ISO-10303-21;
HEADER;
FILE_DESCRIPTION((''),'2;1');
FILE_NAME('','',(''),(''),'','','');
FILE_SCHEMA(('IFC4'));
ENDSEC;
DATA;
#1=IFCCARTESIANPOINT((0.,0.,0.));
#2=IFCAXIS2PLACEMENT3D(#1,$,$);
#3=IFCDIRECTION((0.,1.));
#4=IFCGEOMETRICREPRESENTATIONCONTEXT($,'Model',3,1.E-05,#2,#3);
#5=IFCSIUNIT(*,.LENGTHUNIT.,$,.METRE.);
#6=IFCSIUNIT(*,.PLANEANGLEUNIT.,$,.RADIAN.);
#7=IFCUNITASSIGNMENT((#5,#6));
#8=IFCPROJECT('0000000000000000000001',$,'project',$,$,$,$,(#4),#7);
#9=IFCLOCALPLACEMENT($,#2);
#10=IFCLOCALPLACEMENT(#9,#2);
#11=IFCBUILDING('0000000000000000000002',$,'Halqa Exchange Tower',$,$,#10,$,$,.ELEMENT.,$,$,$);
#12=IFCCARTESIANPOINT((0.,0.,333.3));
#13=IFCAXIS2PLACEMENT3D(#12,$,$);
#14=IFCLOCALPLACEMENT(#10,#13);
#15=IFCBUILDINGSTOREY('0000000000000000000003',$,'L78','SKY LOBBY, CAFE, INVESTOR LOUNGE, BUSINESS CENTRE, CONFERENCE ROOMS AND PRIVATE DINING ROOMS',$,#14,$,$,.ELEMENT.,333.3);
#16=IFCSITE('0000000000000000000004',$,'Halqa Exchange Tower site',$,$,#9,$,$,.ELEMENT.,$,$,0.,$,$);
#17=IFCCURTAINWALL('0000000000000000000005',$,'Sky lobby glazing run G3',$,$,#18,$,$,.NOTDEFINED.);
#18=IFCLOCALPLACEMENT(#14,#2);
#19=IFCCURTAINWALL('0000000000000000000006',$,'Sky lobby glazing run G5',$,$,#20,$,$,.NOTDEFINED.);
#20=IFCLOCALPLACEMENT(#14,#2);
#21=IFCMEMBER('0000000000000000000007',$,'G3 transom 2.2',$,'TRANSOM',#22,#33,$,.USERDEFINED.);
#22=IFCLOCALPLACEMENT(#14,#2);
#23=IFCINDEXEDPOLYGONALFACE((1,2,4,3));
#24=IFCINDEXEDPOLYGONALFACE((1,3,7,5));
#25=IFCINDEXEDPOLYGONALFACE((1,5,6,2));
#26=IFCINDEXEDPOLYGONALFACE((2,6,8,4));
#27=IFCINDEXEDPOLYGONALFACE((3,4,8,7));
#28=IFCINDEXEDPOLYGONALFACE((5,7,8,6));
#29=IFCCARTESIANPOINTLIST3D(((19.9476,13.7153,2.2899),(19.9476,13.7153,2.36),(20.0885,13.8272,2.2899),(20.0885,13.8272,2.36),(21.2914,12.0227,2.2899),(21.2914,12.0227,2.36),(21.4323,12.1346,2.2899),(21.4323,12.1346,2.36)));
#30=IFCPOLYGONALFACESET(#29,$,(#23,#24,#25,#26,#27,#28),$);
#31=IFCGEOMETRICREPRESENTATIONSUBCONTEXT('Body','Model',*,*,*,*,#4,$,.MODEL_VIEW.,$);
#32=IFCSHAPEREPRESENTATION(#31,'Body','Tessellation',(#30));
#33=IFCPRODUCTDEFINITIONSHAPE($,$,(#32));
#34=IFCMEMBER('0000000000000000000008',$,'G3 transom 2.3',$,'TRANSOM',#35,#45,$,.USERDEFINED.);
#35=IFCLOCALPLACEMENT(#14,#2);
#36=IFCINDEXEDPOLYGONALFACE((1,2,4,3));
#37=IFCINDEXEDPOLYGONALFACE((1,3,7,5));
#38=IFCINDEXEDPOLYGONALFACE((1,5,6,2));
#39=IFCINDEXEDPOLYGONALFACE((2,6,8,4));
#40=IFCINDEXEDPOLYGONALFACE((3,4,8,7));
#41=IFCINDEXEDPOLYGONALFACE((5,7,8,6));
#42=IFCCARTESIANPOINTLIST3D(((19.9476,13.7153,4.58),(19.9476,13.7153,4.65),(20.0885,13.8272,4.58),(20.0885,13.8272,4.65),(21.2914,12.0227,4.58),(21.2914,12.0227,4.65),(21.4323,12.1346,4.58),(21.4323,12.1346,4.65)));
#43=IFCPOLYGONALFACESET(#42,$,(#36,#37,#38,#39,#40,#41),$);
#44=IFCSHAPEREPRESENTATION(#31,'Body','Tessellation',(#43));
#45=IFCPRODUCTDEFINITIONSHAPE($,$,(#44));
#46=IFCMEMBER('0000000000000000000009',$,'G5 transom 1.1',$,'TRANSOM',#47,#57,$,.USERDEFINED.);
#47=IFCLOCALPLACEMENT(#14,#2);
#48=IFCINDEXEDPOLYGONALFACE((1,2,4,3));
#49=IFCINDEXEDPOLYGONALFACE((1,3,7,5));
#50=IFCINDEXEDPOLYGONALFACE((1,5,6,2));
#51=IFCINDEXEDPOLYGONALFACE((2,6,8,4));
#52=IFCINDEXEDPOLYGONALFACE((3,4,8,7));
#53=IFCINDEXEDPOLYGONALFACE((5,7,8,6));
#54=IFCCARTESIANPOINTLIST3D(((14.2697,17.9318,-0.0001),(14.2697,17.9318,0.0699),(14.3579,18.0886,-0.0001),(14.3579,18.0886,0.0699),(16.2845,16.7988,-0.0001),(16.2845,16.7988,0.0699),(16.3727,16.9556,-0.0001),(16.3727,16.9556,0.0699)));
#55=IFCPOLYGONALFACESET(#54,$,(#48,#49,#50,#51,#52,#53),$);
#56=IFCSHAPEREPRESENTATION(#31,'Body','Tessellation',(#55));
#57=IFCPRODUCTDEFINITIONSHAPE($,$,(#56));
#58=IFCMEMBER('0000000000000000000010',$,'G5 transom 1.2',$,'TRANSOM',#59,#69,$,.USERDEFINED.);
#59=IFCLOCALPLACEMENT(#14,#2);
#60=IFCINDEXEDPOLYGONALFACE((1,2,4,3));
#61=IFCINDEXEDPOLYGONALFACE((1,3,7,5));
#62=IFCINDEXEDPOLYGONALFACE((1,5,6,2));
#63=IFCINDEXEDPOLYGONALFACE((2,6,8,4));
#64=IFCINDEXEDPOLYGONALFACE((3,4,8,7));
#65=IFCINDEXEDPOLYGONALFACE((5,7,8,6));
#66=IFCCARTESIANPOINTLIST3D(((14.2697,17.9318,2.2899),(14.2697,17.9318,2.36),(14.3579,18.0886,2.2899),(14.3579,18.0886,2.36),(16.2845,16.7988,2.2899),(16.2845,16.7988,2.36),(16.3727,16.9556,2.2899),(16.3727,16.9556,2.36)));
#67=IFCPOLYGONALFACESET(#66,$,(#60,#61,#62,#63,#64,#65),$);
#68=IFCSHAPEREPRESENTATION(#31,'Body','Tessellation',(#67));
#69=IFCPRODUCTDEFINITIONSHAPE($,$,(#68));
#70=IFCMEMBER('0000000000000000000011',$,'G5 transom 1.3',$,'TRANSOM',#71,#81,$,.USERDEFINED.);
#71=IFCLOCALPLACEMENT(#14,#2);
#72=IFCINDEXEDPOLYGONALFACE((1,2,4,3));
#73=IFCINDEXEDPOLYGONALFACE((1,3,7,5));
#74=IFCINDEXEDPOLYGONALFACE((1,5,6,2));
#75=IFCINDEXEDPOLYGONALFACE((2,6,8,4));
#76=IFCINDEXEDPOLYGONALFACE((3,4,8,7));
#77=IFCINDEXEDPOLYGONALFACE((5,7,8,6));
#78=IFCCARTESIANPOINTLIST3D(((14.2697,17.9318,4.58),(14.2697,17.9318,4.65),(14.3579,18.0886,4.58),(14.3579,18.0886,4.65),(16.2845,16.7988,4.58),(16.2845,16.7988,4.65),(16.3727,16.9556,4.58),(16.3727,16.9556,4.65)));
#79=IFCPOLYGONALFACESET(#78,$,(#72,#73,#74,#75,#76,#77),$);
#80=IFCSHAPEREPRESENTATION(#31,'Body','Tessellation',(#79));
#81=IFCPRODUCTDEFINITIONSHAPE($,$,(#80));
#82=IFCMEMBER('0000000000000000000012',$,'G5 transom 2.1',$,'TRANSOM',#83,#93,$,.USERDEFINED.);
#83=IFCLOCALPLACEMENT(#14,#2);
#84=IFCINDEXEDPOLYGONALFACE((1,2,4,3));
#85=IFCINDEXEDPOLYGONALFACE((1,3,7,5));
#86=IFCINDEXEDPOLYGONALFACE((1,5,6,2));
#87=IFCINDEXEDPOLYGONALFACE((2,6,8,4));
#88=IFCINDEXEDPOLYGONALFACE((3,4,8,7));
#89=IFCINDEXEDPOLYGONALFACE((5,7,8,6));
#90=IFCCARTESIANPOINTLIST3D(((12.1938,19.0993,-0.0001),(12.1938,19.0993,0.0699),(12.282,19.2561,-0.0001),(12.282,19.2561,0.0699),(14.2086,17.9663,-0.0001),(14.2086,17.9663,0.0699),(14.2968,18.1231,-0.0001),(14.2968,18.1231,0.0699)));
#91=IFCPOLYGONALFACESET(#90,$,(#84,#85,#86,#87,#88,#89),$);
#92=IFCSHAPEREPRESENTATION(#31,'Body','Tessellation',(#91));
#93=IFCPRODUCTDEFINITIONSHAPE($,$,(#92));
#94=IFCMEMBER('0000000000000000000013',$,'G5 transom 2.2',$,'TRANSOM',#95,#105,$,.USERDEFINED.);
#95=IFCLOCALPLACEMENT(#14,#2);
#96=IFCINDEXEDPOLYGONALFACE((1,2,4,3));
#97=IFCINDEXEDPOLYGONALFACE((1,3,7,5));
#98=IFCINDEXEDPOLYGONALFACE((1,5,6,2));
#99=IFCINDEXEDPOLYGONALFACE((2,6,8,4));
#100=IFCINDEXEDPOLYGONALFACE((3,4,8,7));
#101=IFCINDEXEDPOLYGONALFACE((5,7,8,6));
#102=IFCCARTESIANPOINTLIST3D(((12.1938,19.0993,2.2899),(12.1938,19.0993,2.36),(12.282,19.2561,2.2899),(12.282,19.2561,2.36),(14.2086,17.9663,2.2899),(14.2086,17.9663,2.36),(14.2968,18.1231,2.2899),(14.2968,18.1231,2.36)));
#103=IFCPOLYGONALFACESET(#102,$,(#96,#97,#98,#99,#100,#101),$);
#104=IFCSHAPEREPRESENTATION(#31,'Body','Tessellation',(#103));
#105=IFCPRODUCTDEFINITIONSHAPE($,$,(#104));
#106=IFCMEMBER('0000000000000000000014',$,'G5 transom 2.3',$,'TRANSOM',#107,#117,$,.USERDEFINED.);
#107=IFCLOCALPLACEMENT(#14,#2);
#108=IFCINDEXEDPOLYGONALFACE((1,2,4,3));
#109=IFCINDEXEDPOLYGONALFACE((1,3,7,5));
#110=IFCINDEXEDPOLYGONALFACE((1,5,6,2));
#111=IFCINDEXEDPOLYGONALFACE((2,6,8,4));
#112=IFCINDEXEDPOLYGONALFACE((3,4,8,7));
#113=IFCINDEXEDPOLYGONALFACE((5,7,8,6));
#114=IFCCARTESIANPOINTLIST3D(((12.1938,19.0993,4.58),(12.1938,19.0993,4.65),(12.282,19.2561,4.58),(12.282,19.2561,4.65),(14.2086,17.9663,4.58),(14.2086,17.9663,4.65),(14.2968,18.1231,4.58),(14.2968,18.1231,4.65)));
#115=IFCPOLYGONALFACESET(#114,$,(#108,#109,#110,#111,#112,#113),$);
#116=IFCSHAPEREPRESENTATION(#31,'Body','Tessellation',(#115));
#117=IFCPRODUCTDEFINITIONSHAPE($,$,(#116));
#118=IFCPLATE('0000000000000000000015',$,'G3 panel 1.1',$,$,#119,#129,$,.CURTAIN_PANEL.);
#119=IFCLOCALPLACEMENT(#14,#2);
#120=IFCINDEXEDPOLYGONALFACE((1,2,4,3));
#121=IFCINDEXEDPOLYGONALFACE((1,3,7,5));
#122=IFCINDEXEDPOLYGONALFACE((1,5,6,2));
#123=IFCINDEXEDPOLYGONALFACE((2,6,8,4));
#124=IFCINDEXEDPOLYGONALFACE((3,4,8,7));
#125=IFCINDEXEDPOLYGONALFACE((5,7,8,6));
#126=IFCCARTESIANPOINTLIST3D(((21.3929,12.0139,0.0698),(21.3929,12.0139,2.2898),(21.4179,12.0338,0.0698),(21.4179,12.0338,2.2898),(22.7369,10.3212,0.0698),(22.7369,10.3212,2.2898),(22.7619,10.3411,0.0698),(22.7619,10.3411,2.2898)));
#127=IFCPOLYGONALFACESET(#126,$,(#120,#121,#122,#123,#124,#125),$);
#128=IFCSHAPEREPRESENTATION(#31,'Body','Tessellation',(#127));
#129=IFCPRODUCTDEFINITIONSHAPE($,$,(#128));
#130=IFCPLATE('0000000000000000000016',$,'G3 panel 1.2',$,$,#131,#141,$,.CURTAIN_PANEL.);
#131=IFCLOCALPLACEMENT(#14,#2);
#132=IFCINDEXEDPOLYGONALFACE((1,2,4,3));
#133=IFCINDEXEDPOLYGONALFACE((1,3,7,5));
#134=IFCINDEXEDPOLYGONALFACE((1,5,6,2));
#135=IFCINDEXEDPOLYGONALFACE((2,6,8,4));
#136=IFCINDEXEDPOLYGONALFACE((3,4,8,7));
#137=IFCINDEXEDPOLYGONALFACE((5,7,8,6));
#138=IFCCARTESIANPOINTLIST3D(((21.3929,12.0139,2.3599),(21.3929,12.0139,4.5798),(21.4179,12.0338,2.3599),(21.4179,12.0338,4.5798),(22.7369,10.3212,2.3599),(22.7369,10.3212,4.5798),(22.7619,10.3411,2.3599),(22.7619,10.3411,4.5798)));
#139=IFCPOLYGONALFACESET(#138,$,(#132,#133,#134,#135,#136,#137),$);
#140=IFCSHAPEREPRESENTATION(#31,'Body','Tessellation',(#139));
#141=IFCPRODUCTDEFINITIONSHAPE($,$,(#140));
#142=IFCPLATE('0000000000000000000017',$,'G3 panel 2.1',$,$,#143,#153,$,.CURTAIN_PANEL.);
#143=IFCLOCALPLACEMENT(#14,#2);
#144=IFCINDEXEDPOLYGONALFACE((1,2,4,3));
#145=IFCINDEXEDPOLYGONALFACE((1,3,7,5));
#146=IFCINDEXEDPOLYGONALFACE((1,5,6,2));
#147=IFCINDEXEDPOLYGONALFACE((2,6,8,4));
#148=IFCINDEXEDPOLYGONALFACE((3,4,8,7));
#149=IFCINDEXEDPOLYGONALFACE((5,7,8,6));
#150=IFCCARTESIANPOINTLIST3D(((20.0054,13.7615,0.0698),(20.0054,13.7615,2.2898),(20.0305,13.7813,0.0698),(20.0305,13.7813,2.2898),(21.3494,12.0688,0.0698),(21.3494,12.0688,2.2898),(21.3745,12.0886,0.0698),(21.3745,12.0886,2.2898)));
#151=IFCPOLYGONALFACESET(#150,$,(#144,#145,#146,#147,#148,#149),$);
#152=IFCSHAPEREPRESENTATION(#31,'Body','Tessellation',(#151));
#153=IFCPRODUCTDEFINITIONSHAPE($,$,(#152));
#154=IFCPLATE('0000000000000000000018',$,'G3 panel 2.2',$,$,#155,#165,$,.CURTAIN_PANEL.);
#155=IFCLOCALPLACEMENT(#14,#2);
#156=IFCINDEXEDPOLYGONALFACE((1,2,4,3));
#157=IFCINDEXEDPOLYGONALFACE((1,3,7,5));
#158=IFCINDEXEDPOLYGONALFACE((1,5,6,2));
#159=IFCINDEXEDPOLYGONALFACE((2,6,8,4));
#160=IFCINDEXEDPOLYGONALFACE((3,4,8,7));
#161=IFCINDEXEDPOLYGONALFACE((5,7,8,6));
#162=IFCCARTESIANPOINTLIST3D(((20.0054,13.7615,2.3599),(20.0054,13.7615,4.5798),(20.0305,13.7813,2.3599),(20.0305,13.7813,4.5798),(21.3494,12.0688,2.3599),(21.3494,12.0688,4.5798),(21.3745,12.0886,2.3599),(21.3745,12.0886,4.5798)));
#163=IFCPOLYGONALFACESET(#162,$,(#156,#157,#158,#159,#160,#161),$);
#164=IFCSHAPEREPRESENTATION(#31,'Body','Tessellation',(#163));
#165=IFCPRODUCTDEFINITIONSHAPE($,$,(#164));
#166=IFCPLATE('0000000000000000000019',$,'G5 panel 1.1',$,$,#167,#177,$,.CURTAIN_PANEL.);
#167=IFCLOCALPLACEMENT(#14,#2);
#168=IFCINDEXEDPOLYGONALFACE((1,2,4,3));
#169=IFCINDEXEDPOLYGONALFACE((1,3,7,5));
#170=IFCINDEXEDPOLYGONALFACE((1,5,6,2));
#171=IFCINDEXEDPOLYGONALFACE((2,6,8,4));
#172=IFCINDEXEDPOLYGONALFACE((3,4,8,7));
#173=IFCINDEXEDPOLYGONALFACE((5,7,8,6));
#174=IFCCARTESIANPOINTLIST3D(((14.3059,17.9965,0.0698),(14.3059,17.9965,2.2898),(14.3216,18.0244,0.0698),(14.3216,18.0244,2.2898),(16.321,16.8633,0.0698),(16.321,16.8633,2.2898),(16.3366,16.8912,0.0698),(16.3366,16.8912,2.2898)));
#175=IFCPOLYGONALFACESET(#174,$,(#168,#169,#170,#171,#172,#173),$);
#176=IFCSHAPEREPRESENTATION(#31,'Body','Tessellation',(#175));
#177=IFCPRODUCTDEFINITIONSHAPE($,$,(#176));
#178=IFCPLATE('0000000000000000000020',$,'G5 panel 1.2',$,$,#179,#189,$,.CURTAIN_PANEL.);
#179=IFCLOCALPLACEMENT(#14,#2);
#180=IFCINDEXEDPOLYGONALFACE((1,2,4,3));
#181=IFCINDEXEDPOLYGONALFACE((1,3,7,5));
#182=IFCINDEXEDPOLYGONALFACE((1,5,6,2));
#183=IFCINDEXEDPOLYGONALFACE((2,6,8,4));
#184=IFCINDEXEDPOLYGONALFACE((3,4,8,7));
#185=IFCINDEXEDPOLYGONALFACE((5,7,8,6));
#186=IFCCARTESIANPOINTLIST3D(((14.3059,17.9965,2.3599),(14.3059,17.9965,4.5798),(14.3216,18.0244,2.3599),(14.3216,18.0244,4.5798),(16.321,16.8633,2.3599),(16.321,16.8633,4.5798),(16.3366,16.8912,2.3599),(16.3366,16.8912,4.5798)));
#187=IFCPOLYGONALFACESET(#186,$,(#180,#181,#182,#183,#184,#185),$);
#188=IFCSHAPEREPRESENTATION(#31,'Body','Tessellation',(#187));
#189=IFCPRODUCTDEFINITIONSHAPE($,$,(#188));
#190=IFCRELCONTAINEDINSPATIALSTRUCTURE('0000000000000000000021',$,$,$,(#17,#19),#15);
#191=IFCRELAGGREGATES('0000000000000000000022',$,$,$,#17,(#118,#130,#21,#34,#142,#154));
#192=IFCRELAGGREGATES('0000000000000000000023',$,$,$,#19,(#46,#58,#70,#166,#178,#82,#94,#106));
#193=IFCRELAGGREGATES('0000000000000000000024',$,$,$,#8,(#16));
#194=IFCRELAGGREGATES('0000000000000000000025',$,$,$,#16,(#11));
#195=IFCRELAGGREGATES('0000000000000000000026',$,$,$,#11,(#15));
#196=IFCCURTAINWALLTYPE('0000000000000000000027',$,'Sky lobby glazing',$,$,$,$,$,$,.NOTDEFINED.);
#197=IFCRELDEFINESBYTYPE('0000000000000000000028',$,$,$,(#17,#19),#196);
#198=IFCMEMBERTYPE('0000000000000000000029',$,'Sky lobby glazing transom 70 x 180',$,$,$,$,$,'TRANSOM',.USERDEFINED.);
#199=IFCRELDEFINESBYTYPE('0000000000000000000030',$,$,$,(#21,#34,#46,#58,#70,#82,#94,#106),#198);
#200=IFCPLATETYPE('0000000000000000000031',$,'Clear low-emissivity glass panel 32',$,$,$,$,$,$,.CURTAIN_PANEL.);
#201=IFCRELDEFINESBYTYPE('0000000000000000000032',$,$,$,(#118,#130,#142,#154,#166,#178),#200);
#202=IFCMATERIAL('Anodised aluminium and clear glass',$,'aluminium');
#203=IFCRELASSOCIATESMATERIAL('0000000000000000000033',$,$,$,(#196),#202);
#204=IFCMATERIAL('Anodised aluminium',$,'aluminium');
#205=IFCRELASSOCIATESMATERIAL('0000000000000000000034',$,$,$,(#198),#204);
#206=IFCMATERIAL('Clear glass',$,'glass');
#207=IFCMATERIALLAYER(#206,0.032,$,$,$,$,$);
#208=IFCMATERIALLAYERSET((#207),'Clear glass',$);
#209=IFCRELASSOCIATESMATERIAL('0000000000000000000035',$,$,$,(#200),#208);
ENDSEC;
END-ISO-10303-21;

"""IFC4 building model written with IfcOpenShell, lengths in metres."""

from ifc_helpers import new_model, si_unit, direction, frame, origin, origin_2d, place, context, subcontext, project, spatial, rectangle, extrude, material, layer, layer_set, material_profile, profile_set, type_object, element, aggregate, save


model = new_model("IFC4")

# Units and contexts
model_context = context("Model", 3, precision=1e-05, world=origin(), true_north=direction((0.0, 1.0)))
body_context = subcontext(model_context, "Body", "Model", "MODEL_VIEW")
ifc_project = project(units=[si_unit("LENGTHUNIT", "METRE"), si_unit("PLANEANGLEUNIT", "RADIAN")], contexts=[model_context])

# Site, building, storey
site_placement = place(None, origin())
site = spatial("IfcSite", under=ifc_project, at=site_placement, Name="Halqa Exchange Tower site", CompositionType="ELEMENT", RefElevation=0.0)
building_placement = place(site_placement, origin())
building = spatial("IfcBuilding", under=site, at=building_placement, Name="Halqa Exchange Tower", CompositionType="ELEMENT")
storey_placement = place(building_placement, frame((0.0, 0.0, 333.3)))
storey = spatial("IfcBuildingStorey", under=building, at=storey_placement, Name="L78", Description="SKY LOBBY, CAFE, INVESTOR LOUNGE, BUSINESS CENTRE, CONFERENCE ROOMS AND PRIVATE DINING ROOMS", CompositionType="ELEMENT", Elevation=333.3)

# Curtain walls
ifc_material_1 = material(Name="Anodised aluminium and clear glass", Category="aluminium")
curtain_wall_type = type_object("IfcCurtainWallType", Name="Sky lobby glazing", PredefinedType="NOTDEFINED", material=ifc_material_1)
curtain_wall_1_placement = place(storey_placement, origin())
curtain_wall_1 = element("IfcCurtainWall", 1, at=curtain_wall_1_placement, inside=storey, type_object=curtain_wall_type, Name="Sky lobby glazing run G3", PredefinedType="NOTDEFINED")
ifc_material_2 = material(Name="Anodised aluminium", Category="aluminium")
curtain_wall_2_placement = place(storey_placement, origin())
curtain_wall_2 = element("IfcCurtainWall", 2, at=curtain_wall_2_placement, inside=storey, type_object=curtain_wall_type, Name="Sky lobby glazing run G5", PredefinedType="NOTDEFINED")

# Members
ifc_material_profile_1 = material_profile(ifc_material_2, rectangle(XDim=0.1799, YDim=0.0701, at=origin_2d()), Name="AL 70x180")
ifc_profile_set_1 = profile_set([ifc_material_profile_1], Name="Anodised aluminium")
member_type_1 = type_object("IfcMemberType", Name="Sky lobby glazing transom 70 x 180", ElementType="TRANSOM", PredefinedType="USERDEFINED", material=ifc_profile_set_1)
member_1_placement = place(storey_placement, frame((21.3618, 12.0786, 2.325), z_axis=(-0.62177, 0.7832, 0.0), x_axis=(-0.7832, -0.62177, 0.0)))
member_1 = element("IfcMember", 3, at=member_1_placement, type_object=member_type_1, Name="G3 transom 2.2", ObjectType="TRANSOM", PredefinedType="USERDEFINED", context=body_context, shape_type="SweptSolid", body=[
    extrude(rectangle(XDim=0.1799, YDim=0.0701, at=origin_2d()), origin(), (0.0, 0.0, 1.0), 2.1611),
])
member_2_placement = place(storey_placement, frame((21.3618, 12.0786, 4.615), z_axis=(-0.62177, 0.7832, 0.0), x_axis=(-0.7832, -0.62177, 0.0)))
member_2 = element("IfcMember", 4, at=member_2_placement, type_object=member_type_1, Name="G3 transom 2.3", ObjectType="TRANSOM", PredefinedType="USERDEFINED", context=body_context, shape_type="SweptSolid", body=[
    extrude(rectangle(XDim=0.1799, YDim=0.0701, at=origin_2d()), origin(), (0.0, 0.0, 1.0), 2.1611),
])
member_3_placement = place(storey_placement, frame((16.3286, 16.8772, 0.0349), z_axis=(-0.871635, 0.490156, 0.0), x_axis=(-0.490156, -0.871635, 0.0)))
member_3 = element("IfcMember", 5, at=member_3_placement, type_object=member_type_1, Name="G5 transom 1.1", ObjectType="TRANSOM", PredefinedType="USERDEFINED", context=body_context, shape_type="SweptSolid", body=[
    extrude(rectangle(XDim=0.1799, YDim=0.0701, at=origin_2d()), origin(), (0.0, 0.0, 1.0), 2.3115),
])
member_4_placement = place(storey_placement, frame((16.3286, 16.8772, 2.325), z_axis=(-0.871635, 0.490156, 0.0), x_axis=(-0.490156, -0.871635, 0.0)))
member_4 = element("IfcMember", 6, at=member_4_placement, type_object=member_type_1, Name="G5 transom 1.2", ObjectType="TRANSOM", PredefinedType="USERDEFINED", context=body_context, shape_type="SweptSolid", body=[
    extrude(rectangle(XDim=0.1799, YDim=0.0701, at=origin_2d()), origin(), (0.0, 0.0, 1.0), 2.3115),
])
member_5_placement = place(storey_placement, frame((16.3286, 16.8772, 4.615), z_axis=(-0.871635, 0.490156, 0.0), x_axis=(-0.490156, -0.871635, 0.0)))
member_5 = element("IfcMember", 7, at=member_5_placement, type_object=member_type_1, Name="G5 transom 1.3", ObjectType="TRANSOM", PredefinedType="USERDEFINED", context=body_context, shape_type="SweptSolid", body=[
    extrude(rectangle(XDim=0.1799, YDim=0.0701, at=origin_2d()), origin(), (0.0, 0.0, 1.0), 2.3115),
])
member_6_placement = place(storey_placement, frame((14.2527, 18.0447, 0.0349), z_axis=(-0.871635, 0.490156, 0.0), x_axis=(-0.490156, -0.871635, 0.0)))
member_6 = element("IfcMember", 8, at=member_6_placement, type_object=member_type_1, Name="G5 transom 2.1", ObjectType="TRANSOM", PredefinedType="USERDEFINED", context=body_context, shape_type="SweptSolid", body=[
    extrude(rectangle(XDim=0.1799, YDim=0.0701, at=origin_2d()), origin(), (0.0, 0.0, 1.0), 2.3115),
])
member_7_placement = place(storey_placement, frame((14.2527, 18.0447, 2.325), z_axis=(-0.871635, 0.490156, 0.0), x_axis=(-0.490156, -0.871635, 0.0)))
member_7 = element("IfcMember", 9, at=member_7_placement, type_object=member_type_1, Name="G5 transom 2.2", ObjectType="TRANSOM", PredefinedType="USERDEFINED", context=body_context, shape_type="SweptSolid", body=[
    extrude(rectangle(XDim=0.1799, YDim=0.0701, at=origin_2d()), origin(), (0.0, 0.0, 1.0), 2.3115),
])
member_8_placement = place(storey_placement, frame((14.2527, 18.0447, 4.615), z_axis=(-0.871635, 0.490156, 0.0), x_axis=(-0.490156, -0.871635, 0.0)))
member_8 = element("IfcMember", 10, at=member_8_placement, type_object=member_type_1, Name="G5 transom 2.3", ObjectType="TRANSOM", PredefinedType="USERDEFINED", context=body_context, shape_type="SweptSolid", body=[
    extrude(rectangle(XDim=0.1799, YDim=0.0701, at=origin_2d()), origin(), (0.0, 0.0, 1.0), 2.3115),
])

# Plates
ifc_material_3 = material(Name="Clear glass", Category="glass")
ifc_layer_1 = layer(ifc_material_3, 0.032)
ifc_layer_set_1 = layer_set([ifc_layer_1], Name="Clear glass")
plate_type = type_object("IfcPlateType", Name="Clear low-emissivity glass panel 32", PredefinedType="CURTAIN_PANEL", material=ifc_layer_set_1)
plate_1_placement = place(storey_placement, frame((22.0774, 11.1775, 0.0698), z_axis=(0.0, 0.0, 1.0), x_axis=(-0.621817, 0.783162, 0.0)))
plate_1 = element("IfcPlate", 11, at=plate_1_placement, type_object=plate_type, Name="G3 panel 1.1", PredefinedType="CURTAIN_PANEL", context=body_context, shape_type="SweptSolid", body=[
    extrude(rectangle(XDim=2.1614, YDim=0.032, at=origin_2d()), origin(), (0.0, 0.0, 1.0), 2.22),
])
plate_2_placement = place(storey_placement, frame((22.0774, 11.1775, 2.3599), z_axis=(0.0, 0.0, 1.0), x_axis=(-0.621817, 0.783162, 0.0)))
plate_2 = element("IfcPlate", 12, at=plate_2_placement, type_object=plate_type, Name="G3 panel 1.2", PredefinedType="CURTAIN_PANEL", context=body_context, shape_type="SweptSolid", body=[
    extrude(rectangle(XDim=2.1614, YDim=0.032, at=origin_2d()), origin(), (0.0, 0.0, 1.0), 2.22),
])
plate_3_placement = place(storey_placement, frame((20.6899, 12.925, 0.0698), z_axis=(0.0, 0.0, 1.0), x_axis=(-0.621817, 0.783162, 0.0)))
plate_3 = element("IfcPlate", 13, at=plate_3_placement, type_object=plate_type, Name="G3 panel 2.1", PredefinedType="CURTAIN_PANEL", context=body_context, shape_type="SweptSolid", body=[
    extrude(rectangle(XDim=2.1614, YDim=0.032, at=origin_2d()), origin(), (0.0, 0.0, 1.0), 2.22),
])
plate_4_placement = place(storey_placement, frame((20.6899, 12.925, 2.3599), z_axis=(0.0, 0.0, 1.0), x_axis=(-0.621817, 0.783162, 0.0)))
plate_4 = element("IfcPlate", 14, at=plate_4_placement, type_object=plate_type, Name="G3 panel 2.2", PredefinedType="CURTAIN_PANEL", context=body_context, shape_type="SweptSolid", body=[
    extrude(rectangle(XDim=2.1614, YDim=0.032, at=origin_2d()), origin(), (0.0, 0.0, 1.0), 2.22),
])
aggregate(curtain_wall_1, [plate_1, plate_2, member_1, member_2, plate_3, plate_4])
plate_5_placement = place(storey_placement, frame((15.3213, 17.4438, 0.0698), z_axis=(0.0, 0.0, 1.0), x_axis=(-0.871634, 0.490158, 0.0)))
plate_5 = element("IfcPlate", 15, at=plate_5_placement, type_object=plate_type, Name="G5 panel 1.1", PredefinedType="CURTAIN_PANEL", context=body_context, shape_type="SweptSolid", body=[
    extrude(rectangle(XDim=2.3118, YDim=0.032, at=origin_2d()), origin(), (0.0, 0.0, 1.0), 2.22),
])
plate_6_placement = place(storey_placement, frame((15.3213, 17.4438, 2.3599), z_axis=(0.0, 0.0, 1.0), x_axis=(-0.871634, 0.490158, 0.0)))
plate_6 = element("IfcPlate", 16, at=plate_6_placement, type_object=plate_type, Name="G5 panel 1.2", PredefinedType="CURTAIN_PANEL", context=body_context, shape_type="SweptSolid", body=[
    extrude(rectangle(XDim=2.3118, YDim=0.032, at=origin_2d()), origin(), (0.0, 0.0, 1.0), 2.22),
])
aggregate(curtain_wall_2, [member_3, member_4, member_5, plate_5, plate_6, member_6, member_7, member_8])

save(model, "model.ifc")
